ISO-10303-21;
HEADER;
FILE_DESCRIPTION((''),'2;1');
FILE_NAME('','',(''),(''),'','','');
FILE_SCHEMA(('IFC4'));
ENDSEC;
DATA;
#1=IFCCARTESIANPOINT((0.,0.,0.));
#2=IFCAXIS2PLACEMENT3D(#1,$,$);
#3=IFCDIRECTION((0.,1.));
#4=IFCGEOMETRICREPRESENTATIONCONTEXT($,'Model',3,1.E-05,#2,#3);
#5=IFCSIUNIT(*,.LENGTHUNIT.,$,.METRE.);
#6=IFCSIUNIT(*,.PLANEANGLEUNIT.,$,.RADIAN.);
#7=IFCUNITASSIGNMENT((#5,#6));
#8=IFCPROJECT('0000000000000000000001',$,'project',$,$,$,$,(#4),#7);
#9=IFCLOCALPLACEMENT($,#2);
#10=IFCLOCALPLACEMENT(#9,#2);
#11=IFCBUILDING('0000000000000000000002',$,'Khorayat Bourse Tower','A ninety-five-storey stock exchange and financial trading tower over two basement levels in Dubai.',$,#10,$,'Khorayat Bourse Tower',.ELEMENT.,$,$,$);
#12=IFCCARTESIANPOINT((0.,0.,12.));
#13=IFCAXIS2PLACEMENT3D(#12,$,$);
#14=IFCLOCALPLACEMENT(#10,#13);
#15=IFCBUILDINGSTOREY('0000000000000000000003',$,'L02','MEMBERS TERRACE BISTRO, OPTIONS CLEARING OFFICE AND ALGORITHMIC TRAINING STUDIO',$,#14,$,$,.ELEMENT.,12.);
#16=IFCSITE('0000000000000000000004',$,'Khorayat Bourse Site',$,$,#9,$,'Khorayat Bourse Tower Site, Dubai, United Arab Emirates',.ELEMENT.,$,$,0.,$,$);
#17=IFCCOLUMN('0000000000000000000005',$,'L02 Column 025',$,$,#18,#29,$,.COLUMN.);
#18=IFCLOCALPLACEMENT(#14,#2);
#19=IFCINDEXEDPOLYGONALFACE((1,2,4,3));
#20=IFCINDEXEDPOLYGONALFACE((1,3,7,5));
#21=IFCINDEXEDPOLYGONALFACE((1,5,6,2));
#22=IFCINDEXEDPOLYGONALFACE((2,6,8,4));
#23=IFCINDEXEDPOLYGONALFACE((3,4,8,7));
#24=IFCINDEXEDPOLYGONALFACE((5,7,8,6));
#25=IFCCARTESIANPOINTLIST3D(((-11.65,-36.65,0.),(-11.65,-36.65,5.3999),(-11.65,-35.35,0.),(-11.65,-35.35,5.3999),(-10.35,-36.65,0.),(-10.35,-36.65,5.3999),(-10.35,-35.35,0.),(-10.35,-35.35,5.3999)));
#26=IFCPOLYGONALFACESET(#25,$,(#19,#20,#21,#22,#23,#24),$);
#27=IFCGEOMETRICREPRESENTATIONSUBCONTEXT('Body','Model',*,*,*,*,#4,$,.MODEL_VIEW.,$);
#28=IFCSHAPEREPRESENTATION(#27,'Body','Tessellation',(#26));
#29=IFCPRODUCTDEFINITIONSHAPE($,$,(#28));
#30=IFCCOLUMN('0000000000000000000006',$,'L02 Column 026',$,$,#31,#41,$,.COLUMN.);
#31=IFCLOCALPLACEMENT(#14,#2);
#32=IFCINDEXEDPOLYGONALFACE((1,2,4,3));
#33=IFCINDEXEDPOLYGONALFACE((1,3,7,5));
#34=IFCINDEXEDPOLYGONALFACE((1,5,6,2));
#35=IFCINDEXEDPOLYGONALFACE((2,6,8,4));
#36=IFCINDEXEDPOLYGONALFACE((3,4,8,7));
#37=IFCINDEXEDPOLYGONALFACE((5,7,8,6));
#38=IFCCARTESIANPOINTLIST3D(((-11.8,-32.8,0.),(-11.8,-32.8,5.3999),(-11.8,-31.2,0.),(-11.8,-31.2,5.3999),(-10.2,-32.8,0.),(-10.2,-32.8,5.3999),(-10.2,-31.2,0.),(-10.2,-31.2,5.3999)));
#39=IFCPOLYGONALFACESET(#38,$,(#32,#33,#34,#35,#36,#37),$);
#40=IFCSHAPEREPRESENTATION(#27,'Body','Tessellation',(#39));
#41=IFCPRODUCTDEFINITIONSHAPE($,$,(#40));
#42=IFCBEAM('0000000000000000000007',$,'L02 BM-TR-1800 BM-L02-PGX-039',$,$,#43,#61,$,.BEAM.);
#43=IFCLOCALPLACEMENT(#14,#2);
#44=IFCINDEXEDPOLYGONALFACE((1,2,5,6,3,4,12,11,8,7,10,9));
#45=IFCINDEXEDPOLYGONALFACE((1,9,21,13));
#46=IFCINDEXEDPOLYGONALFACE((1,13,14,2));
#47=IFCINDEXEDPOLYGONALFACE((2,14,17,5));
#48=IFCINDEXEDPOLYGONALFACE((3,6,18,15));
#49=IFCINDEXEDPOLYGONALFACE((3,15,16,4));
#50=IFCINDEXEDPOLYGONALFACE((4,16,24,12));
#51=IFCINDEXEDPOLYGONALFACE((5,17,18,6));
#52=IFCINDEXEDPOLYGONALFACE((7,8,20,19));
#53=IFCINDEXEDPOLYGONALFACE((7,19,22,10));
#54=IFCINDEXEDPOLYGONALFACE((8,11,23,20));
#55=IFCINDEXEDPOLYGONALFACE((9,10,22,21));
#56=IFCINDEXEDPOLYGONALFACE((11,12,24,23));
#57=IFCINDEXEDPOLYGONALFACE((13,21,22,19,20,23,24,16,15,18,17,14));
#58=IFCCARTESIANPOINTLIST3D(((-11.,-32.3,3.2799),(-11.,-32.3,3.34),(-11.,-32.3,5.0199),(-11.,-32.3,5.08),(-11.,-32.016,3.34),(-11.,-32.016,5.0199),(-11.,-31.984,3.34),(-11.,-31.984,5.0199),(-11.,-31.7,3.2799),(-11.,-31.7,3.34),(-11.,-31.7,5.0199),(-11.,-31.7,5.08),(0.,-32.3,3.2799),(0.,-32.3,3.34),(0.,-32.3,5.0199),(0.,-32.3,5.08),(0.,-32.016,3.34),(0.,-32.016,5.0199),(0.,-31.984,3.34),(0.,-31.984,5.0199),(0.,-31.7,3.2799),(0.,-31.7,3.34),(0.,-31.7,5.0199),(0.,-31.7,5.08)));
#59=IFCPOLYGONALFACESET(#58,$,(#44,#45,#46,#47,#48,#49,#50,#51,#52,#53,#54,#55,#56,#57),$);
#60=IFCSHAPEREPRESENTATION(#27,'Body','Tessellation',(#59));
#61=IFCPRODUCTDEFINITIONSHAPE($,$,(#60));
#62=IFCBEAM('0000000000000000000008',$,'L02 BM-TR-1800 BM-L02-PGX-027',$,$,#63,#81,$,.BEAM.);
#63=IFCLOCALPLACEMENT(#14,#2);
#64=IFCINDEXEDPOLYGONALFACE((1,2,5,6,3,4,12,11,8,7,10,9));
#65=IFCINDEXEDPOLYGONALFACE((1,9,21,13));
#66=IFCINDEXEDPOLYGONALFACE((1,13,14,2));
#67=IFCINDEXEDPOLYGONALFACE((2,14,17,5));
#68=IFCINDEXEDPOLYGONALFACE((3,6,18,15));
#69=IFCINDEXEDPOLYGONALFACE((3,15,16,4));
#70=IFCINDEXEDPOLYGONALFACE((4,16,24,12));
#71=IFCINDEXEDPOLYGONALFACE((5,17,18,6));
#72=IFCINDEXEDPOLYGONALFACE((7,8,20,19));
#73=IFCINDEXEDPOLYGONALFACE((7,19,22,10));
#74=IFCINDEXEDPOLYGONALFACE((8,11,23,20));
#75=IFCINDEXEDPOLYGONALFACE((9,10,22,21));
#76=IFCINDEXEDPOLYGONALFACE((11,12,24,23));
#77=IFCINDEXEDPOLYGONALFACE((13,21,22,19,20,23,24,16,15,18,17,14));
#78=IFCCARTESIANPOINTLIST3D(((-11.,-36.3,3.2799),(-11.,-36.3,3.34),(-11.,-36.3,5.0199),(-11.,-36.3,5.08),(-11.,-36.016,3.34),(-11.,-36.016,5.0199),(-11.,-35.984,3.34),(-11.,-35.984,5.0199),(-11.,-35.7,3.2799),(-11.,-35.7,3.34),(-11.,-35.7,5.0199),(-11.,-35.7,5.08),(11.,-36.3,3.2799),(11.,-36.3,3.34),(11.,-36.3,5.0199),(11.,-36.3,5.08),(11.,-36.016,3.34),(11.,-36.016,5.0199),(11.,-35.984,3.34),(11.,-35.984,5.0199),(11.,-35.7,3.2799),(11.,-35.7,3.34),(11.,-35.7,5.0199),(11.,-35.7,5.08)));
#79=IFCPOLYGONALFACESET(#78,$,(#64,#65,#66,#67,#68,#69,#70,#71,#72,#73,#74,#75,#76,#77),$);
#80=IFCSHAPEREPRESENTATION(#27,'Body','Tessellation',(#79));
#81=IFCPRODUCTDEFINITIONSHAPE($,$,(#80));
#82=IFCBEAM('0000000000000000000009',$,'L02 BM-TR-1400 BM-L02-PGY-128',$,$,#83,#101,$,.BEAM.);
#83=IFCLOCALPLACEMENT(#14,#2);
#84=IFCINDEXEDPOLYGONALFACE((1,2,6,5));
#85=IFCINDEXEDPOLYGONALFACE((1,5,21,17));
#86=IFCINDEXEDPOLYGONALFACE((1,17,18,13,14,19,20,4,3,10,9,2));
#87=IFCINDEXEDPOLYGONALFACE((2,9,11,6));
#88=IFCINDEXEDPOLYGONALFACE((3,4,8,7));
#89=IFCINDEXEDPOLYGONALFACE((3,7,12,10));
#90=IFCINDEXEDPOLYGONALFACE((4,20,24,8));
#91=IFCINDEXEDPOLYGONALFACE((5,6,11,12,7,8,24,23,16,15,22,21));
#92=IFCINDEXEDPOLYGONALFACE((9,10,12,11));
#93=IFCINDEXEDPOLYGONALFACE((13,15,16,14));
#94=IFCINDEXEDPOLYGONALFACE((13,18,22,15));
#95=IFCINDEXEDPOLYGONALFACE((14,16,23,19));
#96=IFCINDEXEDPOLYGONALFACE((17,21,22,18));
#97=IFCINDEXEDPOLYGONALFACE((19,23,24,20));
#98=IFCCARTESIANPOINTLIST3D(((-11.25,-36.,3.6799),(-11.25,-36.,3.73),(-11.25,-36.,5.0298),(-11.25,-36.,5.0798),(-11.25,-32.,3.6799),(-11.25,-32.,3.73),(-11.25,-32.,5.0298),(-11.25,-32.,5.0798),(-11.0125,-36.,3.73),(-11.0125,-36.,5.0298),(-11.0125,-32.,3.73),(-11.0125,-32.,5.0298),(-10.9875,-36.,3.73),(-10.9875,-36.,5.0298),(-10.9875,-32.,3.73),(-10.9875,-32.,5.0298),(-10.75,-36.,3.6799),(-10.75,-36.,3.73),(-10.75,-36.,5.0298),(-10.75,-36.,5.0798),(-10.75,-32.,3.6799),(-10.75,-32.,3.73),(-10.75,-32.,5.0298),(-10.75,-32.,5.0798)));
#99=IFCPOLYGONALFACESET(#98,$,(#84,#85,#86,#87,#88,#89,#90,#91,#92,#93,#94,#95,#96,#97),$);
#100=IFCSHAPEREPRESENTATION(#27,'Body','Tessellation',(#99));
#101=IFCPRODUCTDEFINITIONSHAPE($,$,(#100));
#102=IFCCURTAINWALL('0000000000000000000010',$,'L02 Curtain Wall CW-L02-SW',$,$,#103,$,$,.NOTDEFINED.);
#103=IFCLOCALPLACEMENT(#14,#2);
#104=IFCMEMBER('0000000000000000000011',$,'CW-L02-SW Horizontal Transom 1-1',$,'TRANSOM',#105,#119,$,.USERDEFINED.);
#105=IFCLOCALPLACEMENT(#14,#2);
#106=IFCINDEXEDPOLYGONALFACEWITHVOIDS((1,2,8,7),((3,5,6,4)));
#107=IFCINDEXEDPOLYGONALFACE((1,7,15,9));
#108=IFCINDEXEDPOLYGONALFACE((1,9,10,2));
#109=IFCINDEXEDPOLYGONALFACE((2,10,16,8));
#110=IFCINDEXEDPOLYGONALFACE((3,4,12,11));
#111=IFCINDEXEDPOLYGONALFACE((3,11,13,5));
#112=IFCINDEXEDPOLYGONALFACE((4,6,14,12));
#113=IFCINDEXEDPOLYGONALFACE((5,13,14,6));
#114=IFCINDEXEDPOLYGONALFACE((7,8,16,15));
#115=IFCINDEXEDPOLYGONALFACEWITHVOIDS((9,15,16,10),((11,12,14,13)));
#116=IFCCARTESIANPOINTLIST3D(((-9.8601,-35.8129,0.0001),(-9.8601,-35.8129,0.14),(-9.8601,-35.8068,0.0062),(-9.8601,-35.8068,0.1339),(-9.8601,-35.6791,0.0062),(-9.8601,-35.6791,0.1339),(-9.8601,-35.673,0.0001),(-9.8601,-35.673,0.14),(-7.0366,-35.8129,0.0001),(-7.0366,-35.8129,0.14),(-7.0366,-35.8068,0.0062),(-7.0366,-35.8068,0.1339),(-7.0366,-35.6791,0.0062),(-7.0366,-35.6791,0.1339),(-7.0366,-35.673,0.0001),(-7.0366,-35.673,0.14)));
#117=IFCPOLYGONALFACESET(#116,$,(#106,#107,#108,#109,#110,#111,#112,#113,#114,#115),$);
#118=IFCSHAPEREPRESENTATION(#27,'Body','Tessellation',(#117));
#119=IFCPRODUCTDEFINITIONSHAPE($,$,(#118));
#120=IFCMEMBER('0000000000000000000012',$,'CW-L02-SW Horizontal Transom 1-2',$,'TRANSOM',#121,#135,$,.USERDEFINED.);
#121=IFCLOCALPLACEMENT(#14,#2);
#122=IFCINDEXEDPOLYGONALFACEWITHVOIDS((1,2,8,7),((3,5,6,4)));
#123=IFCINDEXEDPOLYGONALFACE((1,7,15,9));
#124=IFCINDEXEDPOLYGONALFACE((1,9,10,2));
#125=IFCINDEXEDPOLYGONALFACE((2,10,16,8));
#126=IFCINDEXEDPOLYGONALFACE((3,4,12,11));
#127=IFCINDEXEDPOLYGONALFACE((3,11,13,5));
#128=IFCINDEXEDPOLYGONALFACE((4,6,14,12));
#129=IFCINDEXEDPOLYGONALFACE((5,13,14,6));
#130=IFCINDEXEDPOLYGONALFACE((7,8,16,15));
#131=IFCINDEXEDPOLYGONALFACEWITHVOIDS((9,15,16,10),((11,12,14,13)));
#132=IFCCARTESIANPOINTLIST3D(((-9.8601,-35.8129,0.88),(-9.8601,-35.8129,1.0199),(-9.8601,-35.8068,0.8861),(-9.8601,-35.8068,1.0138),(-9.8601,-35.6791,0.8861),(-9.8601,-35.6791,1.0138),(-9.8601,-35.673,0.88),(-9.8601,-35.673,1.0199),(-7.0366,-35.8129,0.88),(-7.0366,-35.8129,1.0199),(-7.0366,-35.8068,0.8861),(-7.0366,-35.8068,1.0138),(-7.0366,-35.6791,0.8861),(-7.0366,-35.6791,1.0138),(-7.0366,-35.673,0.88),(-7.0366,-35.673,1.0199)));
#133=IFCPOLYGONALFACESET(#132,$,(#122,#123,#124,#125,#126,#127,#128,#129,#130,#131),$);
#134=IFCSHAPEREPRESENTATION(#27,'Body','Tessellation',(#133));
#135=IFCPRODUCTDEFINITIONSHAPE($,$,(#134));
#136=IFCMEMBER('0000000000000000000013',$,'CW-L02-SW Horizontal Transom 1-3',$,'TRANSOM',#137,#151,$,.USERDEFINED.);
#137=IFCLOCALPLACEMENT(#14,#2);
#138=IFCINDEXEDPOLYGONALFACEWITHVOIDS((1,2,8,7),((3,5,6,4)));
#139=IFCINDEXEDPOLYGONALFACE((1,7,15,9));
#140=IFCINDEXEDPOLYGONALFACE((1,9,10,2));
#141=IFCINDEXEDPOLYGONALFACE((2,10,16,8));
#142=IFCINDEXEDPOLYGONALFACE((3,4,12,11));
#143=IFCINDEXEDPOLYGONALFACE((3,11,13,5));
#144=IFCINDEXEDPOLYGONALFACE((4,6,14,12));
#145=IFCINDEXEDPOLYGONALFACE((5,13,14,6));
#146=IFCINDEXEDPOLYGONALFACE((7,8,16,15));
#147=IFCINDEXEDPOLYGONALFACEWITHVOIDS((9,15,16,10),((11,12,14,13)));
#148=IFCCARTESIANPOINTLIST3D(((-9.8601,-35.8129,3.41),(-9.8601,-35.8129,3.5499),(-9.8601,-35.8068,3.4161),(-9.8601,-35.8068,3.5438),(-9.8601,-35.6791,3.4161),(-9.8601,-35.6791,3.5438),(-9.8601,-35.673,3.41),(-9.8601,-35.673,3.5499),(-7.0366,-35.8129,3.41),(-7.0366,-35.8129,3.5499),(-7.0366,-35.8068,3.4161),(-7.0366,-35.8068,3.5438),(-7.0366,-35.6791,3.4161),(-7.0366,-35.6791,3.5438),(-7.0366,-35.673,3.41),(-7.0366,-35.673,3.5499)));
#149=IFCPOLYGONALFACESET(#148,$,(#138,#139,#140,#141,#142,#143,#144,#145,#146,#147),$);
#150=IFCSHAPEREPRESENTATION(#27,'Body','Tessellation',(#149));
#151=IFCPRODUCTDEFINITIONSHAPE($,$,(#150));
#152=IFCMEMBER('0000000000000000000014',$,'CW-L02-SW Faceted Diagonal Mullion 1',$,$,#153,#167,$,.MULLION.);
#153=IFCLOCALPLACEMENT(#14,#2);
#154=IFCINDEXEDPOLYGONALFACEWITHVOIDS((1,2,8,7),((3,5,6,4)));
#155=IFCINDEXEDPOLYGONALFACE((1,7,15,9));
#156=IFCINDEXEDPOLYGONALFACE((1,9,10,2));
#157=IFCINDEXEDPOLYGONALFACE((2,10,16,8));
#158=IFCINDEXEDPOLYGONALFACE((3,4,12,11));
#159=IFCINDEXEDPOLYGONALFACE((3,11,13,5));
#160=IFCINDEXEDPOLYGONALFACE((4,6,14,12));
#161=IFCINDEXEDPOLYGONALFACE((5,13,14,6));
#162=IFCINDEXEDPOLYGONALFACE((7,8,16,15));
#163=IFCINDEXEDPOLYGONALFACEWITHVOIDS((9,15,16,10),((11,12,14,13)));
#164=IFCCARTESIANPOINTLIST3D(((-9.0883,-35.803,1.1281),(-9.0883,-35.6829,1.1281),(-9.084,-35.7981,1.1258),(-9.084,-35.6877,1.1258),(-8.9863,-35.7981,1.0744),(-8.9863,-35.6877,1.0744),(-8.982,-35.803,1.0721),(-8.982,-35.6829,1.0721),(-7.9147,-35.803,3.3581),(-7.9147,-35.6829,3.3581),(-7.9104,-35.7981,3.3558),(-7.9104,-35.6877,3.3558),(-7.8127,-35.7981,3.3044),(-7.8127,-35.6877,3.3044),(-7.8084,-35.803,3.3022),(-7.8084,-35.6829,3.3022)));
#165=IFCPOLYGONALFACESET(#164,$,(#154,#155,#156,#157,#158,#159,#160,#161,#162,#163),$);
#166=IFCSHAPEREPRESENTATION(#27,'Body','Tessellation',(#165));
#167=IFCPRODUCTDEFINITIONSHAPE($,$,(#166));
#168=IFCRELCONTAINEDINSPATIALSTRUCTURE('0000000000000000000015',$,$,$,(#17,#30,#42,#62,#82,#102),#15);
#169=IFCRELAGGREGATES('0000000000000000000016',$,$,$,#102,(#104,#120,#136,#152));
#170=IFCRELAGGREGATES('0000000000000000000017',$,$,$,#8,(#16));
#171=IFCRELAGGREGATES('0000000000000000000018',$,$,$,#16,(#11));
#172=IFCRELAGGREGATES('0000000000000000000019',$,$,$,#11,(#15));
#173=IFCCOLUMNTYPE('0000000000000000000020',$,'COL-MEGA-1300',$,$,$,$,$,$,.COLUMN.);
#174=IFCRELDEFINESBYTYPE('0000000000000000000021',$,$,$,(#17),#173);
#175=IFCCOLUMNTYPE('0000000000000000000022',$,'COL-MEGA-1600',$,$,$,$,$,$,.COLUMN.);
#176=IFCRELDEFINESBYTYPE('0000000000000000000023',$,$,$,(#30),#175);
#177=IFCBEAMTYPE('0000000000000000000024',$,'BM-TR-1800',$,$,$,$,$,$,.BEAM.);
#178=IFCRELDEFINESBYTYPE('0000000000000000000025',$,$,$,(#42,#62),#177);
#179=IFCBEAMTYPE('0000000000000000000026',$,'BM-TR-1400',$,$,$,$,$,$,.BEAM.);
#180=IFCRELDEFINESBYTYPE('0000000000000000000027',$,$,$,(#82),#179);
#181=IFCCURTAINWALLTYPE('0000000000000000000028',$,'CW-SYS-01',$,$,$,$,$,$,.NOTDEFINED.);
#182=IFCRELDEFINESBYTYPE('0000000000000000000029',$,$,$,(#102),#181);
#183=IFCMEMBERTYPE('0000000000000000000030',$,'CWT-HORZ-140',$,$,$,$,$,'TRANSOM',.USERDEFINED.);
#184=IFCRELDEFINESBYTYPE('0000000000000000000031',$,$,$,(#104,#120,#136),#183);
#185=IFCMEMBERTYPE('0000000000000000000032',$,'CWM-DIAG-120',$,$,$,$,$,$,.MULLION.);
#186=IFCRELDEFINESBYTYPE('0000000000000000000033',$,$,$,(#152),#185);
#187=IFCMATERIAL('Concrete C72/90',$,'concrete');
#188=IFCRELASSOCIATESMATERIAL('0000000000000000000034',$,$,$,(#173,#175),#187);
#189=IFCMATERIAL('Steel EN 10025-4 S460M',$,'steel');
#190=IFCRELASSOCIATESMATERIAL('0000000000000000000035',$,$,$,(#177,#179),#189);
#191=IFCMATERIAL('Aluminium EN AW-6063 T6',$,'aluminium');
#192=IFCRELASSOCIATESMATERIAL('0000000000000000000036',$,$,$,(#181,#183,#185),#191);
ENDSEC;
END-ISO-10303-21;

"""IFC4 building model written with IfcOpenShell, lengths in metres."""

from ifc_helpers import new_model, si_unit, direction, frame, origin, origin_2d, place, context, subcontext, project, spatial, rectangle, hollow_rectangle, i_section, extrude, source, transform, mapped, material, material_profile, profile_set, type_object, element, aggregate, save


model = new_model("IFC4")

# Units and contexts
model_context = context("Model", 3, precision=1e-05, world=origin(), true_north=direction((0.0, 1.0)))
body_context = subcontext(model_context, "Body", "Model", "MODEL_VIEW")
ifc_project = project(units=[si_unit("LENGTHUNIT", "METRE"), si_unit("PLANEANGLEUNIT", "RADIAN")], contexts=[model_context])

# Site, building, storey
site_placement = place(None, origin())
site = spatial("IfcSite", under=ifc_project, at=site_placement, Name="Khorayat Bourse Site", LongName="Khorayat Bourse Tower Site, Dubai, United Arab Emirates", CompositionType="ELEMENT", RefElevation=0.0)
building_placement = place(site_placement, origin())
building = spatial("IfcBuilding", under=site, at=building_placement, Name="Khorayat Bourse Tower", Description="A ninety-five-storey stock exchange and financial trading tower over two basement levels in Dubai.", LongName="Khorayat Bourse Tower", CompositionType="ELEMENT")
storey_placement = place(building_placement, frame((0.0, 0.0, 12.0)))
storey = spatial("IfcBuildingStorey", under=building, at=storey_placement, Name="L02", Description="MEMBERS TERRACE BISTRO, OPTIONS CLEARING OFFICE AND ALGORITHMIC TRAINING STUDIO", CompositionType="ELEMENT", Elevation=12.0)

# Columns
ifc_material_1 = material(Name="Concrete C72/90", Category="concrete")
ifc_material_profile_1 = material_profile(ifc_material_1, rectangle(XDim=1.3, YDim=1.3, at=origin_2d()), Name="RC 1300x1300")
ifc_profile_set_1 = profile_set([ifc_material_profile_1], Name="Concrete C72/90")
column_type_1 = type_object("IfcColumnType", Name="COL-MEGA-1300", PredefinedType="COLUMN", material=ifc_profile_set_1)
shared_shape_1 = source(origin(), body_context, "Body", "SweptSolid", [
    extrude(rectangle(XDim=1.3, YDim=1.3, at=origin_2d()), origin(), (0.0, 0.0, 1.0), 5.3999),
])
column_1_placement = place(storey_placement, frame((-11.0, -36.0, 0.0), z_axis=(0.0, 0.0, 1.0), x_axis=(1.0, 0.0, 0.0)))
element("IfcColumn", 1, at=column_1_placement, inside=storey, type_object=column_type_1, Name="L02 Column 025", PredefinedType="COLUMN", context=body_context, shape_type="MappedRepresentation", body=[
    mapped(shared_shape_1, transform((0.0, 0.0, 0.0), scale=1.0)),
])
ifc_material_profile_2 = material_profile(ifc_material_1, rectangle(XDim=1.6001, YDim=1.6001, at=origin_2d()), Name="RC 1600x1600")
ifc_profile_set_2 = profile_set([ifc_material_profile_2], Name="Concrete C72/90")
column_type_2 = type_object("IfcColumnType", Name="COL-MEGA-1600", PredefinedType="COLUMN", material=ifc_profile_set_2)
shared_shape_2 = source(origin(), body_context, "Body", "SweptSolid", [
    extrude(rectangle(XDim=1.6001, YDim=1.6001, at=origin_2d()), origin(), (0.0, 0.0, 1.0), 5.3999),
])
column_2_placement = place(storey_placement, frame((-11.0, -32.0, 0.0), z_axis=(0.0, 0.0, 1.0), x_axis=(1.0, 0.0, 0.0)))
element("IfcColumn", 2, at=column_2_placement, inside=storey, type_object=column_type_2, Name="L02 Column 026", PredefinedType="COLUMN", context=body_context, shape_type="MappedRepresentation", body=[
    mapped(shared_shape_2, transform((0.0, 0.0, 0.0), scale=1.0)),
])

# Beams
ifc_material_2 = material(Name="Steel EN 10025-4 S460M", Category="steel")
ifc_material_profile_3 = material_profile(ifc_material_2, i_section(OverallWidth=0.6001, OverallDepth=1.8, WebThickness=0.032, FlangeThickness=0.0601, at=origin_2d()), Name="PG 1800x600x32x60")
ifc_profile_set_3 = profile_set([ifc_material_profile_3], Name="Steel EN 10025-4 S460M")
beam_type_1 = type_object("IfcBeamType", Name="BM-TR-1800", PredefinedType="BEAM", material=ifc_profile_set_3)
shared_shape_3 = source(origin(), body_context, "Body", "SweptSolid", [
    extrude(i_section(OverallWidth=0.6001, OverallDepth=1.8, WebThickness=0.032, FlangeThickness=0.0601, at=origin_2d()), origin(), (0.0, 0.0, 1.0), 11.0),
])
beam_1_placement = place(storey_placement, frame((-11.0, -32.0, 4.1799), z_axis=(1.0, 0.0, 0.0), x_axis=(0.0, 1.0, 0.0)))
element("IfcBeam", 3, at=beam_1_placement, inside=storey, type_object=beam_type_1, Name="L02 BM-TR-1800 BM-L02-PGX-039", PredefinedType="BEAM", context=body_context, shape_type="MappedRepresentation", body=[
    mapped(shared_shape_3, transform((0.0, 0.0, 0.0), scale=1.0)),
])
shared_shape_4 = source(origin(), body_context, "Body", "SweptSolid", [
    extrude(i_section(OverallWidth=0.6001, OverallDepth=1.8, WebThickness=0.032, FlangeThickness=0.0601, at=origin_2d()), origin(), (0.0, 0.0, 1.0), 22.0),
])
beam_2_placement = place(storey_placement, frame((-11.0, -36.0, 4.1799), z_axis=(1.0, 0.0, 0.0), x_axis=(0.0, 1.0, 0.0)))
element("IfcBeam", 4, at=beam_2_placement, inside=storey, type_object=beam_type_1, Name="L02 BM-TR-1800 BM-L02-PGX-027", PredefinedType="BEAM", context=body_context, shape_type="MappedRepresentation", body=[
    mapped(shared_shape_4, transform((0.0, 0.0, 0.0), scale=1.0)),
])
ifc_material_profile_4 = material_profile(ifc_material_2, i_section(OverallWidth=0.5, OverallDepth=1.3999, WebThickness=0.0249, FlangeThickness=0.05, at=origin_2d()), Name="PG 1400x500x25x50")
ifc_profile_set_4 = profile_set([ifc_material_profile_4], Name="Steel EN 10025-4 S460M")
beam_type_2 = type_object("IfcBeamType", Name="BM-TR-1400", PredefinedType="BEAM", material=ifc_profile_set_4)
shared_shape_5 = source(origin(), body_context, "Body", "SweptSolid", [
    extrude(i_section(OverallWidth=0.5, OverallDepth=1.3999, WebThickness=0.0249, FlangeThickness=0.05, at=origin_2d()), origin(), (0.0, 0.0, 1.0), 4.0),
])
beam_3_placement = place(storey_placement, frame((-11.0, -36.0, 4.3799), z_axis=(0.0, 1.0, 0.0), x_axis=(-1.0, 0.0, 0.0)))
element("IfcBeam", 5, at=beam_3_placement, inside=storey, type_object=beam_type_2, Name="L02 BM-TR-1400 BM-L02-PGY-128", PredefinedType="BEAM", context=body_context, shape_type="MappedRepresentation", body=[
    mapped(shared_shape_5, transform((0.0, 0.0, 0.0), scale=1.0)),
])

# Curtain wall, members
ifc_material_3 = material(Name="Aluminium EN AW-6063 T6", Category="aluminium")
curtain_wall_type = type_object("IfcCurtainWallType", Name="CW-SYS-01", PredefinedType="NOTDEFINED", material=ifc_material_3)
curtain_wall_placement = place(storey_placement, origin())
curtain_wall = element("IfcCurtainWall", 6, at=curtain_wall_placement, inside=storey, type_object=curtain_wall_type, Name="L02 Curtain Wall CW-L02-SW", PredefinedType="NOTDEFINED")
ifc_material_profile_5 = material_profile(ifc_material_3, hollow_rectangle(XDim=0.1399, YDim=0.1399, WallThickness=0.0061, at=origin_2d()), Name="ALU 140x140x6")
ifc_profile_set_5 = profile_set([ifc_material_profile_5], Name="Aluminium EN AW-6063 T6")
member_type_1 = type_object("IfcMemberType", Name="CWT-HORZ-140", ElementType="TRANSOM", PredefinedType="USERDEFINED", material=ifc_profile_set_5)
shared_shape_6 = source(origin(), body_context, "Body", "SweptSolid", [
    extrude(hollow_rectangle(XDim=0.1399, YDim=0.1399, WallThickness=0.0061, at=origin_2d()), origin(), (0.0, 0.0, 1.0), 2.8235),
])
member_1_placement = place(storey_placement, frame((-9.8601, -35.7429, 0.0701), z_axis=(1.0, 0.0, 0.0), x_axis=(0.0, 1.0, 0.0)))
member_1 = element("IfcMember", 7, at=member_1_placement, type_object=member_type_1, Name="CW-L02-SW Horizontal Transom 1-1", ObjectType="TRANSOM", PredefinedType="USERDEFINED", context=body_context, shape_type="MappedRepresentation", body=[
    mapped(shared_shape_6, transform((0.0, 0.0, 0.0), scale=1.0)),
])
member_2_placement = place(storey_placement, frame((-9.8601, -35.7429, 0.95), z_axis=(1.0, 0.0, 0.0), x_axis=(0.0, 1.0, 0.0)))
member_2 = element("IfcMember", 8, at=member_2_placement, type_object=member_type_1, Name="CW-L02-SW Horizontal Transom 1-2", ObjectType="TRANSOM", PredefinedType="USERDEFINED", context=body_context, shape_type="MappedRepresentation", body=[
    mapped(shared_shape_6, transform((0.0, 0.0, 0.0), scale=1.0)),
])
member_3_placement = place(storey_placement, frame((-9.8601, -35.7429, 3.48), z_axis=(1.0, 0.0, 0.0), x_axis=(0.0, 1.0, 0.0)))
member_3 = element("IfcMember", 9, at=member_3_placement, type_object=member_type_1, Name="CW-L02-SW Horizontal Transom 1-3", ObjectType="TRANSOM", PredefinedType="USERDEFINED", context=body_context, shape_type="MappedRepresentation", body=[
    mapped(shared_shape_6, transform((0.0, 0.0, 0.0), scale=1.0)),
])
ifc_material_profile_6 = material_profile(ifc_material_3, hollow_rectangle(XDim=0.1201, YDim=0.1201, WallThickness=0.0049, at=origin_2d()), Name="ALU 120x120x5")
ifc_profile_set_6 = profile_set([ifc_material_profile_6], Name="Aluminium EN AW-6063 T6")
member_type_2 = type_object("IfcMemberType", Name="CWM-DIAG-120", PredefinedType="MULLION", material=ifc_profile_set_6)
shared_shape_7 = source(origin(), body_context, "Body", "SweptSolid", [
    extrude(hollow_rectangle(XDim=0.1201, YDim=0.1201, WallThickness=0.0049, at=origin_2d()), origin(), (0.0, 0.0, 1.0), 2.52),
])
member_4_placement = place(storey_placement, frame((-9.0352, -35.7429, 1.1001), z_axis=(0.465718, 0.0, 0.884933), x_axis=(0.0, 1.0, 0.0)))
member_4 = element("IfcMember", 10, at=member_4_placement, type_object=member_type_2, Name="CW-L02-SW Faceted Diagonal Mullion 1", PredefinedType="MULLION", context=body_context, shape_type="MappedRepresentation", body=[
    mapped(shared_shape_7, transform((0.0, 0.0, 0.0), scale=1.0)),
])
aggregate(curtain_wall, [member_1, member_2, member_3, member_4])

save(model, "model.ifc")
